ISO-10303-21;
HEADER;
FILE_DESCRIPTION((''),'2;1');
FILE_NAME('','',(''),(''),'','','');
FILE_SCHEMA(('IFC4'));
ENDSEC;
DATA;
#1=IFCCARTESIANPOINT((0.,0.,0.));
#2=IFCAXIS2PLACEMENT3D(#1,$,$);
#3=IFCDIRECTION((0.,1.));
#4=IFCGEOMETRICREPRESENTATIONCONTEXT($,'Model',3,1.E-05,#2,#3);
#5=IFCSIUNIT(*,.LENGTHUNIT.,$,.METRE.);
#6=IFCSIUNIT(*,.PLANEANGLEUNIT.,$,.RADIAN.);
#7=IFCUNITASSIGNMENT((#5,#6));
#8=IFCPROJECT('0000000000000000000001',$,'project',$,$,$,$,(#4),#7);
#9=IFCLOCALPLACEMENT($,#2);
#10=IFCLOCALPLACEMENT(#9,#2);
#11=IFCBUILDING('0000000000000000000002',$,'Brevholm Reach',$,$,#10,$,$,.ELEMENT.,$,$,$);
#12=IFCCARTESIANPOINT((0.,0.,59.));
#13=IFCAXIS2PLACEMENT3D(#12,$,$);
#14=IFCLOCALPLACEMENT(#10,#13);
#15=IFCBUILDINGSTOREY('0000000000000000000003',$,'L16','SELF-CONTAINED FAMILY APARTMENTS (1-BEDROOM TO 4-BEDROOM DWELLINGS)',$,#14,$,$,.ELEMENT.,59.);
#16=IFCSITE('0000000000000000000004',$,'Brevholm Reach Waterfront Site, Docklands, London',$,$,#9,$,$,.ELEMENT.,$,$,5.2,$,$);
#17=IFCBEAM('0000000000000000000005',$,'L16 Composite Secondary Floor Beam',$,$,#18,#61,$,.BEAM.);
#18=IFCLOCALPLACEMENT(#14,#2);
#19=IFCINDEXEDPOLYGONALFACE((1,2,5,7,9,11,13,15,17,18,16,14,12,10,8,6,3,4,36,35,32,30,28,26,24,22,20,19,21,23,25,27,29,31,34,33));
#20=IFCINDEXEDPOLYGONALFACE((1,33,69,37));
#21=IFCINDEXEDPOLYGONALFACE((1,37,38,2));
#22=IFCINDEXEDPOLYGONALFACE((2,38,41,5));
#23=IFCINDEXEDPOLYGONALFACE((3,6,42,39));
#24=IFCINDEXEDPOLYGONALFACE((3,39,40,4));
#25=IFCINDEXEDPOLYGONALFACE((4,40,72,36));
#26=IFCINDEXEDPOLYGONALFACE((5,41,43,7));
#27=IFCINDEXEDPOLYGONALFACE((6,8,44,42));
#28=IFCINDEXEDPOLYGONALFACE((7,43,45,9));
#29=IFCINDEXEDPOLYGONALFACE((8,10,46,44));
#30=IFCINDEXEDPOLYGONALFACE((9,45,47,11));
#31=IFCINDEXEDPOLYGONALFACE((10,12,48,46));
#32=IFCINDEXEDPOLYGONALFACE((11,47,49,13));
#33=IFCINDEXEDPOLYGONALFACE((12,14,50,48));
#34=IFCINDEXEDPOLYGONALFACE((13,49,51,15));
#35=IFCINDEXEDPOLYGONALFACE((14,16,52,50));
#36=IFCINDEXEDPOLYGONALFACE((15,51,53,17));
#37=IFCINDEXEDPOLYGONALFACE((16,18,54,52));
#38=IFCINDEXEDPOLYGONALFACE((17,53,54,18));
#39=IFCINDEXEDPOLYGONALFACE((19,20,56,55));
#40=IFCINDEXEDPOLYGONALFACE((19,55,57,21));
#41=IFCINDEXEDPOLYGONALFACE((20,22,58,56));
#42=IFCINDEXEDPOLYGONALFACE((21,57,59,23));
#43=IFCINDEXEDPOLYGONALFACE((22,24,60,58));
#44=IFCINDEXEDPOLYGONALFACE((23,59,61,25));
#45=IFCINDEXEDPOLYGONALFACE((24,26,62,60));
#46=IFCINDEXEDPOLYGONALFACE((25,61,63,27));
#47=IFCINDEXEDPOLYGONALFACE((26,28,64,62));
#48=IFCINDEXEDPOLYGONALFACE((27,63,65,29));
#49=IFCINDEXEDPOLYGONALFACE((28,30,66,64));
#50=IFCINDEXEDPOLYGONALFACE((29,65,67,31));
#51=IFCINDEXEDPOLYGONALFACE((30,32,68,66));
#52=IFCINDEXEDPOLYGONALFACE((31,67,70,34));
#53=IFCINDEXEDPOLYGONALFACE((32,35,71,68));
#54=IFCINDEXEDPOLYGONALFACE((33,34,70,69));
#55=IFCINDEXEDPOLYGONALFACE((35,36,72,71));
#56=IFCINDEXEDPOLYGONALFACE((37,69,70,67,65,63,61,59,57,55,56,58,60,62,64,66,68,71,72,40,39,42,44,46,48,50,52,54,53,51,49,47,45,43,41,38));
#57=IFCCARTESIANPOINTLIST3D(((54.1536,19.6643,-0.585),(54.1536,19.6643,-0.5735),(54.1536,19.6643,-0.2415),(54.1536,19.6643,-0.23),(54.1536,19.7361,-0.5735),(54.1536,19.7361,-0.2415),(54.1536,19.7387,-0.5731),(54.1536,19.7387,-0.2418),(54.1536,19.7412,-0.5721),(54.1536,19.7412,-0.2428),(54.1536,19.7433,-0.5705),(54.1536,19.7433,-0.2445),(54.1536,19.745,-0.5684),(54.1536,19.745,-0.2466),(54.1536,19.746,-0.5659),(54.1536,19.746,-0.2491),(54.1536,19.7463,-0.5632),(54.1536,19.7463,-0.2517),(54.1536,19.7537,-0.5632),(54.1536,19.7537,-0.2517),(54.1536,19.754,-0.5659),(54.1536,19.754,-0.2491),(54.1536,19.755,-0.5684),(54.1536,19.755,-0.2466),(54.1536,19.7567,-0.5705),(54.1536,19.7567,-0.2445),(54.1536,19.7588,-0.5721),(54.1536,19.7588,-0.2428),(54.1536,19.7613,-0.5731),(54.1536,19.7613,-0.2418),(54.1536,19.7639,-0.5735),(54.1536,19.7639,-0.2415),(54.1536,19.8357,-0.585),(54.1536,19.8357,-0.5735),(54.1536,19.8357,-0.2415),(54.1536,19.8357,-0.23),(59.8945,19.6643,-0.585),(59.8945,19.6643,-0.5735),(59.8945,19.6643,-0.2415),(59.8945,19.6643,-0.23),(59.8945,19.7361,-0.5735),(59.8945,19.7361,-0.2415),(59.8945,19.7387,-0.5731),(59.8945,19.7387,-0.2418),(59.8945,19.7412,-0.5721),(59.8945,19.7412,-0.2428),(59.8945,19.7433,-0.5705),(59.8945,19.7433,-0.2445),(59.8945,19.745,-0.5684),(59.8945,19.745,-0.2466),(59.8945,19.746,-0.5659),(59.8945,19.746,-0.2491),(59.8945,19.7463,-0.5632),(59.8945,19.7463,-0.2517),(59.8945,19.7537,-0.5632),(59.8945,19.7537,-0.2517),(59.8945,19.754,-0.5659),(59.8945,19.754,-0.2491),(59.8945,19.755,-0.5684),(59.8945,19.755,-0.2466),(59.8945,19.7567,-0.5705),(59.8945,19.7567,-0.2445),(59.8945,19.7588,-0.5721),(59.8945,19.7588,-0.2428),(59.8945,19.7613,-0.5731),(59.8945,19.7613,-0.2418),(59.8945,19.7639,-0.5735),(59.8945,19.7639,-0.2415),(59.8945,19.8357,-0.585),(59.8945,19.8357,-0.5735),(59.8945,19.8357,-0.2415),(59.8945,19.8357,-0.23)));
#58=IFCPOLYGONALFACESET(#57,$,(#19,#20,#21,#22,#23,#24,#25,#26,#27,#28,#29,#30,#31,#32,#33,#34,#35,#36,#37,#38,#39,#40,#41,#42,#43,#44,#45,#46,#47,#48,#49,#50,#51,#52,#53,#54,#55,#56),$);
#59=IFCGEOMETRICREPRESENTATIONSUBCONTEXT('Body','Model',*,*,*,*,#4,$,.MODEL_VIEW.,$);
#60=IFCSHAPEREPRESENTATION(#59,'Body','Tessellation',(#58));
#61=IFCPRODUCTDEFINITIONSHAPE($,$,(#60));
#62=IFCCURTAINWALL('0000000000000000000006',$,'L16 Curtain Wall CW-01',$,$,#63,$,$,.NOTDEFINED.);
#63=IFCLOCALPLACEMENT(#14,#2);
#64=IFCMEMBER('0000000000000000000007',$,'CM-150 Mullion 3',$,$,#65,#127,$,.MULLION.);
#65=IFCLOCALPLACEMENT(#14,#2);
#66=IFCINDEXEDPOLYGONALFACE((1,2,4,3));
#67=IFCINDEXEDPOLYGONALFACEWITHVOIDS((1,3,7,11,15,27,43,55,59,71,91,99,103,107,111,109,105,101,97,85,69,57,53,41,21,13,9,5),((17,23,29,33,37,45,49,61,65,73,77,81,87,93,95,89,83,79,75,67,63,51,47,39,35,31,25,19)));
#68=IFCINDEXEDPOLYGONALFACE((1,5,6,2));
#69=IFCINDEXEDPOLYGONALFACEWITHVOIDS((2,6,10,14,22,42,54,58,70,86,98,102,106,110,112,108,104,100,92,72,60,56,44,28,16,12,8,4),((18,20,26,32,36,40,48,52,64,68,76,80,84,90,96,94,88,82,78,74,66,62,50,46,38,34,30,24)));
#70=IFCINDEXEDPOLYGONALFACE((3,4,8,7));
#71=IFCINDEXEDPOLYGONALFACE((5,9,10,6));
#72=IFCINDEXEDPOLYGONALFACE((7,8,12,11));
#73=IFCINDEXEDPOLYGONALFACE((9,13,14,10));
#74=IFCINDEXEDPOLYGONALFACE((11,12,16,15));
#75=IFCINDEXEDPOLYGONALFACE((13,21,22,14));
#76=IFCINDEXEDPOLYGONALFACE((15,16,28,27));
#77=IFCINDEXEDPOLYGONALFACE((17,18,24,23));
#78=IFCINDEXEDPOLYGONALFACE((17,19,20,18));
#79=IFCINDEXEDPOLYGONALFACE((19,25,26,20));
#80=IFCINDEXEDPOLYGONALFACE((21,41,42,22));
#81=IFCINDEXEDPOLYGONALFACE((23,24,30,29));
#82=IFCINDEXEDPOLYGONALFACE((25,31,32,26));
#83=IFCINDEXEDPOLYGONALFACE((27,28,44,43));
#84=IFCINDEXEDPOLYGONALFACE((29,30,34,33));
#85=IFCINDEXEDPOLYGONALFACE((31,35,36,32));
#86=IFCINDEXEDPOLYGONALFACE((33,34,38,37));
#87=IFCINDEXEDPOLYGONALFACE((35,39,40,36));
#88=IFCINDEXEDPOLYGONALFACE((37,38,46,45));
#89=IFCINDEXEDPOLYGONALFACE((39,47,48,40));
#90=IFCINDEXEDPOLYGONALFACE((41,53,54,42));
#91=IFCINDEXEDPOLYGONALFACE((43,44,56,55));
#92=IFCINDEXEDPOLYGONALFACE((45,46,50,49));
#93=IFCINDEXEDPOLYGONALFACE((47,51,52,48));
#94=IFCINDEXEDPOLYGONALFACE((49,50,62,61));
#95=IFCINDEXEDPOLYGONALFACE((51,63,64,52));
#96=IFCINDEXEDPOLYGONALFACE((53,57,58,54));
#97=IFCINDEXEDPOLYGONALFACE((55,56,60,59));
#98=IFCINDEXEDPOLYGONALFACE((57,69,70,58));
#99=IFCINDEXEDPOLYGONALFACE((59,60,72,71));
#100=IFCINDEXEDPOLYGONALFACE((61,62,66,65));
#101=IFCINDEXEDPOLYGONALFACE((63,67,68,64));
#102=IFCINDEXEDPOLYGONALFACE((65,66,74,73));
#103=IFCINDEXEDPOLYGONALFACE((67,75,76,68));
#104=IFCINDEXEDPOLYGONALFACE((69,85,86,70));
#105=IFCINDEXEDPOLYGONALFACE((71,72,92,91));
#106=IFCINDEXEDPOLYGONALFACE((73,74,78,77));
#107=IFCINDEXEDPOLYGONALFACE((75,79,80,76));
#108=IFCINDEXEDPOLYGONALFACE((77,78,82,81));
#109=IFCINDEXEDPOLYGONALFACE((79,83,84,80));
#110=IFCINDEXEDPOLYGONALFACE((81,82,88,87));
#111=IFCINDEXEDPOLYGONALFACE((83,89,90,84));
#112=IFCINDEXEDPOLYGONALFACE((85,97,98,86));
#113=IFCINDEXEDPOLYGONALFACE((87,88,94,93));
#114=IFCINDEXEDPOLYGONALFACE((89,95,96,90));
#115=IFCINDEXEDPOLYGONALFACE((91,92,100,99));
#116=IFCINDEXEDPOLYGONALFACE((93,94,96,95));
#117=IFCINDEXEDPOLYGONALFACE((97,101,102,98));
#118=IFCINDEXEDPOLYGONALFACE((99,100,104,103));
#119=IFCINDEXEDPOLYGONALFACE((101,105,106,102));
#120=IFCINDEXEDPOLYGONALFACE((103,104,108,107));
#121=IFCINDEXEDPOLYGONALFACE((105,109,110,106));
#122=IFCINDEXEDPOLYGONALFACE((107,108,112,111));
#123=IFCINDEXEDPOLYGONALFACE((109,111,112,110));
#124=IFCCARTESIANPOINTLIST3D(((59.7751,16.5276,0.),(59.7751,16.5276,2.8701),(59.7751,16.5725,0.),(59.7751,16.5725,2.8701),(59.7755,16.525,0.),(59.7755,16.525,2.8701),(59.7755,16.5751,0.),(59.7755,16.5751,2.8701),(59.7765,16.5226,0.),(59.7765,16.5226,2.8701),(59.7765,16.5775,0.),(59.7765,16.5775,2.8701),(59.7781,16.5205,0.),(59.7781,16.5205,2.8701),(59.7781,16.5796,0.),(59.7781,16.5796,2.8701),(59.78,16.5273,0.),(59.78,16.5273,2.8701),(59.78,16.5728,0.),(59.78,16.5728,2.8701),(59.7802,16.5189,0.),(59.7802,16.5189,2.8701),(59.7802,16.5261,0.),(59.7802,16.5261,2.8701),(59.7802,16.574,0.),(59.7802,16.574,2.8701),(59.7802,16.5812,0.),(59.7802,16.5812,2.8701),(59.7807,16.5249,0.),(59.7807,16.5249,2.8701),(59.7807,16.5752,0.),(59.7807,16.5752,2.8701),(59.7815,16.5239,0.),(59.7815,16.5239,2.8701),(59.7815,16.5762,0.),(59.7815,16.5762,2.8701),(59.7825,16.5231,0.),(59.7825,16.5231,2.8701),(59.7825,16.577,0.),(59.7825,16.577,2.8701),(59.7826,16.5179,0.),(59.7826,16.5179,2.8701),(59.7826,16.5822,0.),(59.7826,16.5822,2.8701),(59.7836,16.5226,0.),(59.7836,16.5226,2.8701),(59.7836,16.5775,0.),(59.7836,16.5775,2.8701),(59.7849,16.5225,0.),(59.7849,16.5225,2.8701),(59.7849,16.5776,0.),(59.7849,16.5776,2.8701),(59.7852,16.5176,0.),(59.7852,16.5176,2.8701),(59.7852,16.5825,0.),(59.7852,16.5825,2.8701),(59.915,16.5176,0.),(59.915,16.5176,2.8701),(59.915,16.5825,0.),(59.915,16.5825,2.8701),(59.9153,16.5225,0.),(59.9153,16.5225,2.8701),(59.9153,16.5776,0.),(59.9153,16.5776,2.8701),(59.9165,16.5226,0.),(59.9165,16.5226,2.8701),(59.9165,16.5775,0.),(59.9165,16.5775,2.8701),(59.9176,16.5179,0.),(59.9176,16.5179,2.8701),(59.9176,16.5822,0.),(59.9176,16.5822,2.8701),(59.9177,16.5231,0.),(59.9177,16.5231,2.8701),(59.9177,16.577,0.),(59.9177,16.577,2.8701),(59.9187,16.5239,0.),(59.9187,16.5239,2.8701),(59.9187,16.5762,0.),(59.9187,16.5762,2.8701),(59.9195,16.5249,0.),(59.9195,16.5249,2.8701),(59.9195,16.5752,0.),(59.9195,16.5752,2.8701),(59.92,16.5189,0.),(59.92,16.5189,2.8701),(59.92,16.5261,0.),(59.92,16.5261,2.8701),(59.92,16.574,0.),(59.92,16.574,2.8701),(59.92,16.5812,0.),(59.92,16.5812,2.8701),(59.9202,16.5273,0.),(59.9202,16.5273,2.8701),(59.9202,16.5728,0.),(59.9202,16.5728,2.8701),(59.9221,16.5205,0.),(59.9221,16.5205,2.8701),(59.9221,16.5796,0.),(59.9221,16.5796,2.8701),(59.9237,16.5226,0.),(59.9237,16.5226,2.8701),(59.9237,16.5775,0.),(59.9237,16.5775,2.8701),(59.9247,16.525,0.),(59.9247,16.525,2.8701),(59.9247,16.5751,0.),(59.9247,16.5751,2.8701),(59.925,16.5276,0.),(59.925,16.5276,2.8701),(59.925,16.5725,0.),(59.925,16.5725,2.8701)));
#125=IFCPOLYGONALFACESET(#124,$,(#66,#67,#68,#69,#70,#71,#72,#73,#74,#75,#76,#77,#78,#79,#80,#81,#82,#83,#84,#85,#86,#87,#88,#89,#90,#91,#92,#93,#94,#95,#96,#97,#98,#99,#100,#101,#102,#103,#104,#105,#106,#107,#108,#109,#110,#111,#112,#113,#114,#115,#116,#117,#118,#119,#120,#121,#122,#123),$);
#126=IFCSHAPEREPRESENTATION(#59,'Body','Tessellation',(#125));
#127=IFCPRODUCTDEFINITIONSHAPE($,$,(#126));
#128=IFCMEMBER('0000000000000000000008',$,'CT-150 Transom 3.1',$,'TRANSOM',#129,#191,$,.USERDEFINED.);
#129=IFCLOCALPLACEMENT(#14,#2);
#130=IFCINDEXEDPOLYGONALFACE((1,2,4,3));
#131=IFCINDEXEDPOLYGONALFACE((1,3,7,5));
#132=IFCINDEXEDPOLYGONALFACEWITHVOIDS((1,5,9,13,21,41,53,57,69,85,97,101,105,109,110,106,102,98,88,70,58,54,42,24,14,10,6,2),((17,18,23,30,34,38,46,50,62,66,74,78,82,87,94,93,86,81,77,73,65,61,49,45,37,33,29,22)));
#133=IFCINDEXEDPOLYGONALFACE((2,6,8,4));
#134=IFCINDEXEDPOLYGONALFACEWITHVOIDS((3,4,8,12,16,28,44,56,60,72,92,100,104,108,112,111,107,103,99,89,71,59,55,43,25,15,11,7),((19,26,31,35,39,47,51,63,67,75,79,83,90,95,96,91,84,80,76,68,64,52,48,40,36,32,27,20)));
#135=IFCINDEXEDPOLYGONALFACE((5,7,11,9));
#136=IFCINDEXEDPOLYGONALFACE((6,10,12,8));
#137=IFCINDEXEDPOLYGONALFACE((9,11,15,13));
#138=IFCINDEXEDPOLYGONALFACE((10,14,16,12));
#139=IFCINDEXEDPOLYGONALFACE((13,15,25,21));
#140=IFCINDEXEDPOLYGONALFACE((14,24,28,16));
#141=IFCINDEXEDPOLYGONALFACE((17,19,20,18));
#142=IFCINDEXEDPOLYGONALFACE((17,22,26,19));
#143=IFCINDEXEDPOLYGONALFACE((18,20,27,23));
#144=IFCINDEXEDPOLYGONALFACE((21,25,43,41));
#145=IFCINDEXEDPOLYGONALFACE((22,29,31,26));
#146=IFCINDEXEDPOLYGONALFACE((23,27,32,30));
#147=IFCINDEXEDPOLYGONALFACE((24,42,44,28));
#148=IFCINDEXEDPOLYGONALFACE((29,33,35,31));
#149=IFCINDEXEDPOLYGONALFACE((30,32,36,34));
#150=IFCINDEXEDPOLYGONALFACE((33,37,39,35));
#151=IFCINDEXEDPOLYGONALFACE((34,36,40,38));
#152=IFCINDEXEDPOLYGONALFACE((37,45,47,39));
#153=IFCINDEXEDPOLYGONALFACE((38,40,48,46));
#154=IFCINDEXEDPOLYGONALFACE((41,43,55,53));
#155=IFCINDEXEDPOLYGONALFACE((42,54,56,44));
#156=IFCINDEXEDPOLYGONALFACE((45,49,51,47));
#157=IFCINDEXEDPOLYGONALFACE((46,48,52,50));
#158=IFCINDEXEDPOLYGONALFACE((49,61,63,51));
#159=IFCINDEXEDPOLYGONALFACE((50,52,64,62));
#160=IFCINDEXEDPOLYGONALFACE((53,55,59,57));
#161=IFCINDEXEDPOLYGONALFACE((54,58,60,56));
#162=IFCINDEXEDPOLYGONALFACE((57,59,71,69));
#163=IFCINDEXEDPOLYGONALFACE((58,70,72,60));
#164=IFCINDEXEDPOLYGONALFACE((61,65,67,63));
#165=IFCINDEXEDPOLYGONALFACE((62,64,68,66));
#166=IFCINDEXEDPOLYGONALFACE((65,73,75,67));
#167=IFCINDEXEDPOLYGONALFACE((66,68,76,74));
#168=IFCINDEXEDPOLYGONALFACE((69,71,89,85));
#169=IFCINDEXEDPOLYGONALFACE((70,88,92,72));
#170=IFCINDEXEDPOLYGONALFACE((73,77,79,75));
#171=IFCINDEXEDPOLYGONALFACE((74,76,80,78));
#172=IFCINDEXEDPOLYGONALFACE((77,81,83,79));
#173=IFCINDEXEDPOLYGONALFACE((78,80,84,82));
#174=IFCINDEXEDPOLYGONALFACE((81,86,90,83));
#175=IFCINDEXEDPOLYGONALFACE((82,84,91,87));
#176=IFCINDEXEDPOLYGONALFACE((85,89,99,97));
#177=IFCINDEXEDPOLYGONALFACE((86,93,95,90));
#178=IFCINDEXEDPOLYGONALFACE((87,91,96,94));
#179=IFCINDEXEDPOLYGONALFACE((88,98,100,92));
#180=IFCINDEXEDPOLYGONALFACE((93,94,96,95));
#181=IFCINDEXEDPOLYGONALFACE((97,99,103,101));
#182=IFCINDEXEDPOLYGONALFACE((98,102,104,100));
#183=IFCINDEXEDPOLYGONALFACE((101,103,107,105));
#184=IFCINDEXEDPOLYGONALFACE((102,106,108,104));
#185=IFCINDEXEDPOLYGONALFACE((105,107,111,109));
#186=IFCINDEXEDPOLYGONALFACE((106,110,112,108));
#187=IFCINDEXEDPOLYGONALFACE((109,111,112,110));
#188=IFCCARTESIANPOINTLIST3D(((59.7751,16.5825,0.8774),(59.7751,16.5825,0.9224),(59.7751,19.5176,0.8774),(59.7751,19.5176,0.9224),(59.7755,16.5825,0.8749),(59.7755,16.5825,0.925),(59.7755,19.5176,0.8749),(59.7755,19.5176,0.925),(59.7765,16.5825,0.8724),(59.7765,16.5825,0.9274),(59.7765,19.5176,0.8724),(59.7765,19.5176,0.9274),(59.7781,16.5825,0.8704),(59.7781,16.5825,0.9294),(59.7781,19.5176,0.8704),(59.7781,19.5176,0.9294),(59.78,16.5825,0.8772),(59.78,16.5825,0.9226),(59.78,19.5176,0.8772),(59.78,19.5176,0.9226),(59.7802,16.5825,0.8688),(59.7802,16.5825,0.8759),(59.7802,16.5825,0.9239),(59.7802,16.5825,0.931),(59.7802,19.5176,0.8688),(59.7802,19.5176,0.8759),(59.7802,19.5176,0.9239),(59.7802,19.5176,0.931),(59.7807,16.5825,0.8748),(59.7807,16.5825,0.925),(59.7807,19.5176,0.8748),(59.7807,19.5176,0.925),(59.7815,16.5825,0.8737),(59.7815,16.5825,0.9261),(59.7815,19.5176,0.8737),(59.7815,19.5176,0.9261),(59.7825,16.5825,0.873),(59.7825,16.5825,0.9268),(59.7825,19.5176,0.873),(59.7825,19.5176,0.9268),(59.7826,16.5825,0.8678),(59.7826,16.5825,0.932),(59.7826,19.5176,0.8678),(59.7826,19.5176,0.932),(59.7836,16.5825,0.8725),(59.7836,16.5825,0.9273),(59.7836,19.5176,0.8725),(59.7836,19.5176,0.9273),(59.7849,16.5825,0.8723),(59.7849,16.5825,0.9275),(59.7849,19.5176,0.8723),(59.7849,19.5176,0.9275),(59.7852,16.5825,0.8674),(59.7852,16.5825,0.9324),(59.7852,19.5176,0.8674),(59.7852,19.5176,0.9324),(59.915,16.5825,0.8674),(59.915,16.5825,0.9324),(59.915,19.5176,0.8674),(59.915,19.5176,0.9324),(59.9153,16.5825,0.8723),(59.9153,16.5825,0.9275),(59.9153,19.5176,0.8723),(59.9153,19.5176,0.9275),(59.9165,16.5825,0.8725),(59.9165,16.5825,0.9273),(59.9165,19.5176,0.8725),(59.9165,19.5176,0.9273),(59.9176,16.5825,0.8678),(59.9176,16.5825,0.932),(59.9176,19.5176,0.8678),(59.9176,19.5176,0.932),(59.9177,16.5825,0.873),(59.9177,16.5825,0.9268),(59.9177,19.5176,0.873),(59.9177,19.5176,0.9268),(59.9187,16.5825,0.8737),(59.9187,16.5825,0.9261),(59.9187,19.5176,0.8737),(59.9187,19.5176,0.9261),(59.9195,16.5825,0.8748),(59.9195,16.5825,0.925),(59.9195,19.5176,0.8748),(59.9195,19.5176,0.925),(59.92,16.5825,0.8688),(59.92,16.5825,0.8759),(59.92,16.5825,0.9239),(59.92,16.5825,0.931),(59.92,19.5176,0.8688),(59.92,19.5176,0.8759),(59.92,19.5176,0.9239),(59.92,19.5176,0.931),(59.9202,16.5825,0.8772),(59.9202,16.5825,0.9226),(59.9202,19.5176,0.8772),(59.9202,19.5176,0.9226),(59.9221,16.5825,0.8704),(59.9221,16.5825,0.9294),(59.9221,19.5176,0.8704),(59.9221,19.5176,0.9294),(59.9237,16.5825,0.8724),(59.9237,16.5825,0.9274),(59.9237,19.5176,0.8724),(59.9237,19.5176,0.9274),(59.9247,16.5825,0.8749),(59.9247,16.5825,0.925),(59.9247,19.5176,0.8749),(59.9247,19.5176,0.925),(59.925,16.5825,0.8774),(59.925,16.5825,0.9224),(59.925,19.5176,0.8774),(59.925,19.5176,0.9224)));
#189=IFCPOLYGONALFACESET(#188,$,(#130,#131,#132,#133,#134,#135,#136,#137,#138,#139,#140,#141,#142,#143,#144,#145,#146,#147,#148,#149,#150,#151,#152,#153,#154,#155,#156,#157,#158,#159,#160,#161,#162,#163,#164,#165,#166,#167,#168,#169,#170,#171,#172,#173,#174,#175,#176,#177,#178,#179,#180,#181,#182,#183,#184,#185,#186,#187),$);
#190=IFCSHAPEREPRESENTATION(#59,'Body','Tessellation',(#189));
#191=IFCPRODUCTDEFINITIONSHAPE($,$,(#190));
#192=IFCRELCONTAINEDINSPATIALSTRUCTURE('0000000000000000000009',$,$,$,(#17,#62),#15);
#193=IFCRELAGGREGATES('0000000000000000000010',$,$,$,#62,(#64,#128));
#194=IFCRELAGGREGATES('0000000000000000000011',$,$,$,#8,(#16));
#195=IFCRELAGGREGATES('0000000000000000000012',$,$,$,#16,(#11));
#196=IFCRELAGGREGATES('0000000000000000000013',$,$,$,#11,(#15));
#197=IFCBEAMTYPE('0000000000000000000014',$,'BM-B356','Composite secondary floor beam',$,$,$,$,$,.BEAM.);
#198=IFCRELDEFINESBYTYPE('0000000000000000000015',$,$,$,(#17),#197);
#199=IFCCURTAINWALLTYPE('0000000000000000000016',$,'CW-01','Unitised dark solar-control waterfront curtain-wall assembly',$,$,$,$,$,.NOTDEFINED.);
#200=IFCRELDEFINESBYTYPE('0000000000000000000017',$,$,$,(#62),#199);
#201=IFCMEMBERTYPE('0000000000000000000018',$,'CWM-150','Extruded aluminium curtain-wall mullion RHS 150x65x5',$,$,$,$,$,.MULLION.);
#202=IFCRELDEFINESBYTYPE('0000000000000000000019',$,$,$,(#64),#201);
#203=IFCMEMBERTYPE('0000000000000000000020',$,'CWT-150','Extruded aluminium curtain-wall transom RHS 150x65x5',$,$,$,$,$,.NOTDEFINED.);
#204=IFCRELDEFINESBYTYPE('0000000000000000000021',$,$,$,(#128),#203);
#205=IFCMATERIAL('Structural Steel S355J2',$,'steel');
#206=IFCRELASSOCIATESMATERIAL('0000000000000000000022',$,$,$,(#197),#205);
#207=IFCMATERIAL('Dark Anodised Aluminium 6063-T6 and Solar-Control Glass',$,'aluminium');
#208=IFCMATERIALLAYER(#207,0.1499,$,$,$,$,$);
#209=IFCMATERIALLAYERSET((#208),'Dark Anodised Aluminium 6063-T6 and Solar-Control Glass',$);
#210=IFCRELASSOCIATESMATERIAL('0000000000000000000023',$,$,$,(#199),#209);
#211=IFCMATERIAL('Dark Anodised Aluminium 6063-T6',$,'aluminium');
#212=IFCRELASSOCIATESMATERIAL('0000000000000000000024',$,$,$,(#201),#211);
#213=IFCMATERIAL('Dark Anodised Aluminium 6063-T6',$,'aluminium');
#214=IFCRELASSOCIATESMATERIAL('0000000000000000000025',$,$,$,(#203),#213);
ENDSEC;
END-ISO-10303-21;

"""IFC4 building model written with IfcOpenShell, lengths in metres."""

from ifc_helpers import new_model, si_unit, direction, frame, origin, origin_2d, place, context, subcontext, project, spatial, hollow_rectangle, i_section, extrude, material, layer, layer_set, material_profile, profile_set, type_object, element, aggregate, save


model = new_model("IFC4")

# Units and contexts
model_context = context("Model", 3, precision=1e-05, world=origin(), true_north=direction((0.0, 1.0)))
body_context = subcontext(model_context, "Body", "Model", "MODEL_VIEW")
ifc_project = project(units=[si_unit("LENGTHUNIT", "METRE"), si_unit("PLANEANGLEUNIT", "RADIAN")], contexts=[model_context])

# Site, building, storey
site_placement = place(None, origin())
site = spatial("IfcSite", under=ifc_project, at=site_placement, Name="Brevholm Reach Waterfront Site, Docklands, London", CompositionType="ELEMENT", RefElevation=5.2)
building_placement = place(site_placement, origin())
building = spatial("IfcBuilding", under=site, at=building_placement, Name="Brevholm Reach", CompositionType="ELEMENT")
storey_placement = place(building_placement, frame((0.0, 0.0, 59.0)))
storey = spatial("IfcBuildingStorey", under=building, at=storey_placement, Name="L16", Description="SELF-CONTAINED FAMILY APARTMENTS (1-BEDROOM TO 4-BEDROOM DWELLINGS)", CompositionType="ELEMENT", Elevation=59.0)

# Beam
ifc_material_1 = material(Name="Structural Steel S355J2", Category="steel")
ifc_material_profile_1 = material_profile(ifc_material_1, i_section(OverallWidth=0.1714, OverallDepth=0.355, WebThickness=0.0073, FlangeThickness=0.0115, FilletRadius=0.0103, at=origin_2d()), Name="UKB 356x171x51")
ifc_profile_set_1 = profile_set([ifc_material_profile_1], Name="Structural Steel S355J2")
beam_type = type_object("IfcBeamType", Name="BM-B356", Description="Composite secondary floor beam", PredefinedType="BEAM", material=ifc_profile_set_1)
beam_placement = place(storey_placement, frame((54.1536, 19.75, -0.4075), z_axis=(1.0, 0.0, 0.0), x_axis=(0.0, 1.0, 0.0)))
element("IfcBeam", 1, at=beam_placement, inside=storey, type_object=beam_type, Name="L16 Composite Secondary Floor Beam", PredefinedType="BEAM", context=body_context, shape_type="SweptSolid", body=[
    extrude(i_section(OverallWidth=0.1714, OverallDepth=0.355, WebThickness=0.0073, FlangeThickness=0.0115, FilletRadius=0.0103, at=origin_2d()), origin(), (0.0, 0.0, 1.0), 5.741),
])

# Curtain wall, members
ifc_material_2 = material(Name="Dark Anodised Aluminium 6063-T6 and Solar-Control Glass", Category="aluminium")
ifc_layer_1 = layer(ifc_material_2, 0.1499)
ifc_layer_set_1 = layer_set([ifc_layer_1], Name="Dark Anodised Aluminium 6063-T6 and Solar-Control Glass")
curtain_wall_type = type_object("IfcCurtainWallType", Name="CW-01", Description="Unitised dark solar-control waterfront curtain-wall assembly", PredefinedType="NOTDEFINED", material=ifc_layer_set_1)
curtain_wall_placement = place(storey_placement, origin())
curtain_wall = element("IfcCurtainWall", 2, at=curtain_wall_placement, inside=storey, type_object=curtain_wall_type, Name="L16 Curtain Wall CW-01", PredefinedType="NOTDEFINED")
ifc_material_3 = material(Name="Dark Anodised Aluminium 6063-T6", Category="aluminium")
ifc_material_profile_2 = material_profile(ifc_material_3, hollow_rectangle(XDim=0.0649, YDim=0.1499, WallThickness=0.0049, InnerFilletRadius=0.0049, OuterFilletRadius=0.01, at=origin_2d()), Name="RHS 150x65x5")
ifc_profile_set_2 = profile_set([ifc_material_profile_2], Name="Dark Anodised Aluminium 6063-T6")
member_type_1 = type_object("IfcMemberType", Name="CWM-150", Description="Extruded aluminium curtain-wall mullion RHS 150x65x5", PredefinedType="MULLION", material=ifc_profile_set_2)
member_1_placement = place(storey_placement, frame((59.8501, 16.55, 0.0), z_axis=(0.0, 0.0, 1.0), x_axis=(0.0, 1.0, 0.0)))
member_1 = element("IfcMember", 3, at=member_1_placement, type_object=member_type_1, Name="CM-150 Mullion 3", PredefinedType="MULLION", context=body_context, shape_type="SweptSolid", body=[
    extrude(hollow_rectangle(XDim=0.0649, YDim=0.1499, WallThickness=0.0049, InnerFilletRadius=0.0049, OuterFilletRadius=0.01, at=origin_2d()), origin(), (0.0, 0.0, 1.0), 2.8701),
])
ifc_material_4 = material(Name="Dark Anodised Aluminium 6063-T6", Category="aluminium")
ifc_material_profile_3 = material_profile(ifc_material_4, hollow_rectangle(XDim=0.0649, YDim=0.1499, WallThickness=0.0049, InnerFilletRadius=0.0049, OuterFilletRadius=0.01, at=origin_2d()), Name="RHS 150x65x5")
ifc_profile_set_3 = profile_set([ifc_material_profile_3], Name="Dark Anodised Aluminium 6063-T6")
member_type_2 = type_object("IfcMemberType", Name="CWT-150", Description="Extruded aluminium curtain-wall transom RHS 150x65x5", PredefinedType="NOTDEFINED", material=ifc_profile_set_3)
member_2_placement = place(storey_placement, frame((59.8501, 16.5825, 0.8999), z_axis=(0.0, 1.0, 0.0), x_axis=(0.0, 0.0, 1.0)))
member_2 = element("IfcMember", 4, at=member_2_placement, type_object=member_type_2, Name="CT-150 Transom 3.1", ObjectType="TRANSOM", PredefinedType="USERDEFINED", context=body_context, shape_type="SweptSolid", body=[
    extrude(hollow_rectangle(XDim=0.0649, YDim=0.1499, WallThickness=0.0049, InnerFilletRadius=0.0049, OuterFilletRadius=0.01, at=origin_2d()), origin(), (0.0, 0.0, 1.0), 2.9351),
])
aggregate(curtain_wall, [member_1, member_2])

save(model, "model.ifc")
